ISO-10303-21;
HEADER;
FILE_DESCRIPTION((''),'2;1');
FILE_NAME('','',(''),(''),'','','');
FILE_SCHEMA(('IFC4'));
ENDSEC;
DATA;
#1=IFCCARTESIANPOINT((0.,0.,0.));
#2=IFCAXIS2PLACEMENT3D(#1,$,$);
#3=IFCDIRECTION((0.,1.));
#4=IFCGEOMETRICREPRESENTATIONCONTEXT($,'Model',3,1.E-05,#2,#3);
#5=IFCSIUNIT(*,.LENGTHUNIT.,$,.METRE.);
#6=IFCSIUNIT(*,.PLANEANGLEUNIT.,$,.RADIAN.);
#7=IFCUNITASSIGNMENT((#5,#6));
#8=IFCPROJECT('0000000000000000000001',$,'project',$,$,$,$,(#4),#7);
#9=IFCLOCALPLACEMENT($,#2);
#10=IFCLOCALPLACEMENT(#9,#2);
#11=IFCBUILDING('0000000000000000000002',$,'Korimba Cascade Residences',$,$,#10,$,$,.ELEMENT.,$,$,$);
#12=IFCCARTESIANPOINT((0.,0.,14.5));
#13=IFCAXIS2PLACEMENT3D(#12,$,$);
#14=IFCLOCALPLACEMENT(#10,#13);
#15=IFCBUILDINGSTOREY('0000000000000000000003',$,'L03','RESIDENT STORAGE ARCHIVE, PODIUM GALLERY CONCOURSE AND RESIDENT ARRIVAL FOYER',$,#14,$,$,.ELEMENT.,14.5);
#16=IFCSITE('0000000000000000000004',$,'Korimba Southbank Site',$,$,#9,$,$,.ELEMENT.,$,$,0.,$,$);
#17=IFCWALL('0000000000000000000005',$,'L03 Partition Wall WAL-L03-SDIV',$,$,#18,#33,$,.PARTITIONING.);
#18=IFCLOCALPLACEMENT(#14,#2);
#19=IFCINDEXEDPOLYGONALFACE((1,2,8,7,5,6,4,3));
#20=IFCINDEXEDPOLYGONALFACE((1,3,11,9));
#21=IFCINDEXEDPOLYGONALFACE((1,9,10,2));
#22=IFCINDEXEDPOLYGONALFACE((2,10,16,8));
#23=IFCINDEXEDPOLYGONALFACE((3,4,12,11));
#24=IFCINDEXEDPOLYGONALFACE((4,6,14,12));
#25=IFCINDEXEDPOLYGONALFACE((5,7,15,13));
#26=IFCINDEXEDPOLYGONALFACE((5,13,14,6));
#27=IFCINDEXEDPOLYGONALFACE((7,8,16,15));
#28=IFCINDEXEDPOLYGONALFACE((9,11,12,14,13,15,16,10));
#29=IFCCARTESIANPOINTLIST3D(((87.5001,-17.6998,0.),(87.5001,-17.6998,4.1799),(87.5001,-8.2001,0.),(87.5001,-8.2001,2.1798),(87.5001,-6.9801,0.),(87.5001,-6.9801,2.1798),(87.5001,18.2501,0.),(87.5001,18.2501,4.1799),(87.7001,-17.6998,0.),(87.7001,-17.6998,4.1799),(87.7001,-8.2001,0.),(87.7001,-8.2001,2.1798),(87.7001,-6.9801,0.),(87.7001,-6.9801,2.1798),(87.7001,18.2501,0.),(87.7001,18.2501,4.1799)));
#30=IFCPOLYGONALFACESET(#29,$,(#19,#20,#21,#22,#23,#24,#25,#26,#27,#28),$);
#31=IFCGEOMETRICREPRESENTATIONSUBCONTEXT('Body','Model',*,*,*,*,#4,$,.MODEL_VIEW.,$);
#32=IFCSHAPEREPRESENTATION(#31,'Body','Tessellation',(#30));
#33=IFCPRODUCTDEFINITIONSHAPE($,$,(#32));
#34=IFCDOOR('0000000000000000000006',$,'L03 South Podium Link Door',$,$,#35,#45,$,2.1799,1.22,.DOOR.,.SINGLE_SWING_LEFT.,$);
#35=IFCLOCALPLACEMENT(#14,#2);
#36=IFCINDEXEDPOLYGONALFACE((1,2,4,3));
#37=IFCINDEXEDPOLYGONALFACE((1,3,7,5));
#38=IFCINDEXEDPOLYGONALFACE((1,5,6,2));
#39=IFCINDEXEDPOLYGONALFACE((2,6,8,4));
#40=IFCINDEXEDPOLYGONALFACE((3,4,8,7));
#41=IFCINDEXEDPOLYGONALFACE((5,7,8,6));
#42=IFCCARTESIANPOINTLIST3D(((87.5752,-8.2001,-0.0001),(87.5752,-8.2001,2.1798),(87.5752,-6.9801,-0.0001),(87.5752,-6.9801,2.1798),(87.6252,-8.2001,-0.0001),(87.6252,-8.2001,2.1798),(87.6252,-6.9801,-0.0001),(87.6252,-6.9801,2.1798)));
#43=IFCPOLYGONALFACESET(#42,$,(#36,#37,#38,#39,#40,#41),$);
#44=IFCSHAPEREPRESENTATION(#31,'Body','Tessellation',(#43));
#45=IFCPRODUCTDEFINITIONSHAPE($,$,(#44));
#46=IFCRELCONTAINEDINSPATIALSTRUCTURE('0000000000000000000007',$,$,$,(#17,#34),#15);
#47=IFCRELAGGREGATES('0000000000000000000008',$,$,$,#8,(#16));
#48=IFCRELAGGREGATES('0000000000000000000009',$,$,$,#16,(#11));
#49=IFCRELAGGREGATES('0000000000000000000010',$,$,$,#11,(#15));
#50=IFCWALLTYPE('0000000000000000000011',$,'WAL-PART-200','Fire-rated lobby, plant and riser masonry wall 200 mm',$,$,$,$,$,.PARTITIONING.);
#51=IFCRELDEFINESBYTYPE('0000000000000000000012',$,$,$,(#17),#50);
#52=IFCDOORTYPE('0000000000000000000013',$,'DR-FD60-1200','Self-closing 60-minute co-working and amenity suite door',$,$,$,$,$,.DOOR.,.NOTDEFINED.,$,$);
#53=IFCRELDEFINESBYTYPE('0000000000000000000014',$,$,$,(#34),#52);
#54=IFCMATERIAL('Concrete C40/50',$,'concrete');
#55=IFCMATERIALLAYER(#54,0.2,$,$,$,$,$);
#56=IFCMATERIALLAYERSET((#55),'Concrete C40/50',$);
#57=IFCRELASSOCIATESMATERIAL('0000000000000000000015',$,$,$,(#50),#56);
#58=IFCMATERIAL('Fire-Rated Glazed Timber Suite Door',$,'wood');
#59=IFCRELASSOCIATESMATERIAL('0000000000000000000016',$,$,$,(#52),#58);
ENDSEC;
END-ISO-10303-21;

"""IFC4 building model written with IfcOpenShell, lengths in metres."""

from ifc_helpers import new_model, si_unit, direction, frame, frame_2d, origin, place, context, subcontext, project, spatial, rectangle, extrude, material, layer, layer_set, type_object, element, fill, save


model = new_model("IFC4")

# Units and contexts
model_context = context("Model", 3, precision=1e-05, world=origin(), true_north=direction((0.0, 1.0)))
body_context = subcontext(model_context, "Body", "Model", "MODEL_VIEW")
ifc_project = project(units=[si_unit("LENGTHUNIT", "METRE"), si_unit("PLANEANGLEUNIT", "RADIAN")], contexts=[model_context])

# Site, building, storey
site_placement = place(None, origin())
site = spatial("IfcSite", under=ifc_project, at=site_placement, Name="Korimba Southbank Site", CompositionType="ELEMENT", RefElevation=0.0)
building_placement = place(site_placement, origin())
building = spatial("IfcBuilding", under=site, at=building_placement, Name="Korimba Cascade Residences", CompositionType="ELEMENT")
storey_placement = place(building_placement, frame((0.0, 0.0, 14.5)))
storey = spatial("IfcBuildingStorey", under=building, at=storey_placement, Name="L03", Description="RESIDENT STORAGE ARCHIVE, PODIUM GALLERY CONCOURSE AND RESIDENT ARRIVAL FOYER", CompositionType="ELEMENT", Elevation=14.5)

# Wall, opening, door
ifc_material_1 = material(Name="Concrete C40/50", Category="concrete")
ifc_layer_1 = layer(ifc_material_1, 0.2)
ifc_layer_set_1 = layer_set([ifc_layer_1], Name="Concrete C40/50")
wall_type = type_object("IfcWallType", Name="WAL-PART-200", Description="Fire-rated lobby, plant and riser masonry wall 200 mm", PredefinedType="PARTITIONING", material=ifc_layer_set_1)
wall_placement = place(storey_placement, frame((87.6001, -17.7, 0.0), z_axis=(0.0, 0.0, 1.0), x_axis=(0.0, 1.0, 0.0)))
wall = element("IfcWall", 1, at=wall_placement, inside=storey, type_object=wall_type, Name="L03 Partition Wall WAL-L03-SDIV", PredefinedType="PARTITIONING", context=body_context, shape_type="SweptSolid", body=[
    extrude(rectangle(XDim=35.95, YDim=0.2, at=frame_2d((17.9751, 0.0))), origin(), (0.0, 0.0, 1.0), 4.1799),
])
opening_placement = place(wall_placement, frame((9.5, 0.0, 0.0)))
opening = element("IfcOpeningElement", 2, at=opening_placement, cuts=wall, PredefinedType="OPENING", context=body_context, shape_type="SweptSolid", body=[
    extrude(rectangle(XDim=1.22, YDim=2.1799, at=frame_2d((0.6099, 1.0898))), frame((0.0, 0.1099, 0.0), z_axis=(0.0, -1.0, 0.0), x_axis=(1.0, 0.0, 0.0)), (0.0, 0.0, 1.0), 0.22),
])
ifc_material_2 = material(Name="Fire-Rated Glazed Timber Suite Door", Category="wood")
door_type = type_object("IfcDoorType", Name="DR-FD60-1200", Description="Self-closing 60-minute co-working and amenity suite door", OperationType="NOTDEFINED", PredefinedType="DOOR", material=ifc_material_2)
door_placement = place(opening_placement, origin())
door = element("IfcDoor", 3, at=door_placement, inside=storey, type_object=door_type, Name="L03 South Podium Link Door", OperationType="SINGLE_SWING_LEFT", OverallHeight=2.1799, OverallWidth=1.22, PredefinedType="DOOR", context=body_context, shape_type="SweptSolid", body=[
    extrude(rectangle(XDim=1.22, YDim=2.1799, at=frame_2d((0.6099, 1.0898))), frame((0.0, 0.0249, 0.0), z_axis=(0.0, -1.0, 0.0), x_axis=(1.0, 0.0, 0.0)), (0.0, 0.0, 1.0), 0.05),
])
fill(opening, door)

save(model, "model.ifc")
